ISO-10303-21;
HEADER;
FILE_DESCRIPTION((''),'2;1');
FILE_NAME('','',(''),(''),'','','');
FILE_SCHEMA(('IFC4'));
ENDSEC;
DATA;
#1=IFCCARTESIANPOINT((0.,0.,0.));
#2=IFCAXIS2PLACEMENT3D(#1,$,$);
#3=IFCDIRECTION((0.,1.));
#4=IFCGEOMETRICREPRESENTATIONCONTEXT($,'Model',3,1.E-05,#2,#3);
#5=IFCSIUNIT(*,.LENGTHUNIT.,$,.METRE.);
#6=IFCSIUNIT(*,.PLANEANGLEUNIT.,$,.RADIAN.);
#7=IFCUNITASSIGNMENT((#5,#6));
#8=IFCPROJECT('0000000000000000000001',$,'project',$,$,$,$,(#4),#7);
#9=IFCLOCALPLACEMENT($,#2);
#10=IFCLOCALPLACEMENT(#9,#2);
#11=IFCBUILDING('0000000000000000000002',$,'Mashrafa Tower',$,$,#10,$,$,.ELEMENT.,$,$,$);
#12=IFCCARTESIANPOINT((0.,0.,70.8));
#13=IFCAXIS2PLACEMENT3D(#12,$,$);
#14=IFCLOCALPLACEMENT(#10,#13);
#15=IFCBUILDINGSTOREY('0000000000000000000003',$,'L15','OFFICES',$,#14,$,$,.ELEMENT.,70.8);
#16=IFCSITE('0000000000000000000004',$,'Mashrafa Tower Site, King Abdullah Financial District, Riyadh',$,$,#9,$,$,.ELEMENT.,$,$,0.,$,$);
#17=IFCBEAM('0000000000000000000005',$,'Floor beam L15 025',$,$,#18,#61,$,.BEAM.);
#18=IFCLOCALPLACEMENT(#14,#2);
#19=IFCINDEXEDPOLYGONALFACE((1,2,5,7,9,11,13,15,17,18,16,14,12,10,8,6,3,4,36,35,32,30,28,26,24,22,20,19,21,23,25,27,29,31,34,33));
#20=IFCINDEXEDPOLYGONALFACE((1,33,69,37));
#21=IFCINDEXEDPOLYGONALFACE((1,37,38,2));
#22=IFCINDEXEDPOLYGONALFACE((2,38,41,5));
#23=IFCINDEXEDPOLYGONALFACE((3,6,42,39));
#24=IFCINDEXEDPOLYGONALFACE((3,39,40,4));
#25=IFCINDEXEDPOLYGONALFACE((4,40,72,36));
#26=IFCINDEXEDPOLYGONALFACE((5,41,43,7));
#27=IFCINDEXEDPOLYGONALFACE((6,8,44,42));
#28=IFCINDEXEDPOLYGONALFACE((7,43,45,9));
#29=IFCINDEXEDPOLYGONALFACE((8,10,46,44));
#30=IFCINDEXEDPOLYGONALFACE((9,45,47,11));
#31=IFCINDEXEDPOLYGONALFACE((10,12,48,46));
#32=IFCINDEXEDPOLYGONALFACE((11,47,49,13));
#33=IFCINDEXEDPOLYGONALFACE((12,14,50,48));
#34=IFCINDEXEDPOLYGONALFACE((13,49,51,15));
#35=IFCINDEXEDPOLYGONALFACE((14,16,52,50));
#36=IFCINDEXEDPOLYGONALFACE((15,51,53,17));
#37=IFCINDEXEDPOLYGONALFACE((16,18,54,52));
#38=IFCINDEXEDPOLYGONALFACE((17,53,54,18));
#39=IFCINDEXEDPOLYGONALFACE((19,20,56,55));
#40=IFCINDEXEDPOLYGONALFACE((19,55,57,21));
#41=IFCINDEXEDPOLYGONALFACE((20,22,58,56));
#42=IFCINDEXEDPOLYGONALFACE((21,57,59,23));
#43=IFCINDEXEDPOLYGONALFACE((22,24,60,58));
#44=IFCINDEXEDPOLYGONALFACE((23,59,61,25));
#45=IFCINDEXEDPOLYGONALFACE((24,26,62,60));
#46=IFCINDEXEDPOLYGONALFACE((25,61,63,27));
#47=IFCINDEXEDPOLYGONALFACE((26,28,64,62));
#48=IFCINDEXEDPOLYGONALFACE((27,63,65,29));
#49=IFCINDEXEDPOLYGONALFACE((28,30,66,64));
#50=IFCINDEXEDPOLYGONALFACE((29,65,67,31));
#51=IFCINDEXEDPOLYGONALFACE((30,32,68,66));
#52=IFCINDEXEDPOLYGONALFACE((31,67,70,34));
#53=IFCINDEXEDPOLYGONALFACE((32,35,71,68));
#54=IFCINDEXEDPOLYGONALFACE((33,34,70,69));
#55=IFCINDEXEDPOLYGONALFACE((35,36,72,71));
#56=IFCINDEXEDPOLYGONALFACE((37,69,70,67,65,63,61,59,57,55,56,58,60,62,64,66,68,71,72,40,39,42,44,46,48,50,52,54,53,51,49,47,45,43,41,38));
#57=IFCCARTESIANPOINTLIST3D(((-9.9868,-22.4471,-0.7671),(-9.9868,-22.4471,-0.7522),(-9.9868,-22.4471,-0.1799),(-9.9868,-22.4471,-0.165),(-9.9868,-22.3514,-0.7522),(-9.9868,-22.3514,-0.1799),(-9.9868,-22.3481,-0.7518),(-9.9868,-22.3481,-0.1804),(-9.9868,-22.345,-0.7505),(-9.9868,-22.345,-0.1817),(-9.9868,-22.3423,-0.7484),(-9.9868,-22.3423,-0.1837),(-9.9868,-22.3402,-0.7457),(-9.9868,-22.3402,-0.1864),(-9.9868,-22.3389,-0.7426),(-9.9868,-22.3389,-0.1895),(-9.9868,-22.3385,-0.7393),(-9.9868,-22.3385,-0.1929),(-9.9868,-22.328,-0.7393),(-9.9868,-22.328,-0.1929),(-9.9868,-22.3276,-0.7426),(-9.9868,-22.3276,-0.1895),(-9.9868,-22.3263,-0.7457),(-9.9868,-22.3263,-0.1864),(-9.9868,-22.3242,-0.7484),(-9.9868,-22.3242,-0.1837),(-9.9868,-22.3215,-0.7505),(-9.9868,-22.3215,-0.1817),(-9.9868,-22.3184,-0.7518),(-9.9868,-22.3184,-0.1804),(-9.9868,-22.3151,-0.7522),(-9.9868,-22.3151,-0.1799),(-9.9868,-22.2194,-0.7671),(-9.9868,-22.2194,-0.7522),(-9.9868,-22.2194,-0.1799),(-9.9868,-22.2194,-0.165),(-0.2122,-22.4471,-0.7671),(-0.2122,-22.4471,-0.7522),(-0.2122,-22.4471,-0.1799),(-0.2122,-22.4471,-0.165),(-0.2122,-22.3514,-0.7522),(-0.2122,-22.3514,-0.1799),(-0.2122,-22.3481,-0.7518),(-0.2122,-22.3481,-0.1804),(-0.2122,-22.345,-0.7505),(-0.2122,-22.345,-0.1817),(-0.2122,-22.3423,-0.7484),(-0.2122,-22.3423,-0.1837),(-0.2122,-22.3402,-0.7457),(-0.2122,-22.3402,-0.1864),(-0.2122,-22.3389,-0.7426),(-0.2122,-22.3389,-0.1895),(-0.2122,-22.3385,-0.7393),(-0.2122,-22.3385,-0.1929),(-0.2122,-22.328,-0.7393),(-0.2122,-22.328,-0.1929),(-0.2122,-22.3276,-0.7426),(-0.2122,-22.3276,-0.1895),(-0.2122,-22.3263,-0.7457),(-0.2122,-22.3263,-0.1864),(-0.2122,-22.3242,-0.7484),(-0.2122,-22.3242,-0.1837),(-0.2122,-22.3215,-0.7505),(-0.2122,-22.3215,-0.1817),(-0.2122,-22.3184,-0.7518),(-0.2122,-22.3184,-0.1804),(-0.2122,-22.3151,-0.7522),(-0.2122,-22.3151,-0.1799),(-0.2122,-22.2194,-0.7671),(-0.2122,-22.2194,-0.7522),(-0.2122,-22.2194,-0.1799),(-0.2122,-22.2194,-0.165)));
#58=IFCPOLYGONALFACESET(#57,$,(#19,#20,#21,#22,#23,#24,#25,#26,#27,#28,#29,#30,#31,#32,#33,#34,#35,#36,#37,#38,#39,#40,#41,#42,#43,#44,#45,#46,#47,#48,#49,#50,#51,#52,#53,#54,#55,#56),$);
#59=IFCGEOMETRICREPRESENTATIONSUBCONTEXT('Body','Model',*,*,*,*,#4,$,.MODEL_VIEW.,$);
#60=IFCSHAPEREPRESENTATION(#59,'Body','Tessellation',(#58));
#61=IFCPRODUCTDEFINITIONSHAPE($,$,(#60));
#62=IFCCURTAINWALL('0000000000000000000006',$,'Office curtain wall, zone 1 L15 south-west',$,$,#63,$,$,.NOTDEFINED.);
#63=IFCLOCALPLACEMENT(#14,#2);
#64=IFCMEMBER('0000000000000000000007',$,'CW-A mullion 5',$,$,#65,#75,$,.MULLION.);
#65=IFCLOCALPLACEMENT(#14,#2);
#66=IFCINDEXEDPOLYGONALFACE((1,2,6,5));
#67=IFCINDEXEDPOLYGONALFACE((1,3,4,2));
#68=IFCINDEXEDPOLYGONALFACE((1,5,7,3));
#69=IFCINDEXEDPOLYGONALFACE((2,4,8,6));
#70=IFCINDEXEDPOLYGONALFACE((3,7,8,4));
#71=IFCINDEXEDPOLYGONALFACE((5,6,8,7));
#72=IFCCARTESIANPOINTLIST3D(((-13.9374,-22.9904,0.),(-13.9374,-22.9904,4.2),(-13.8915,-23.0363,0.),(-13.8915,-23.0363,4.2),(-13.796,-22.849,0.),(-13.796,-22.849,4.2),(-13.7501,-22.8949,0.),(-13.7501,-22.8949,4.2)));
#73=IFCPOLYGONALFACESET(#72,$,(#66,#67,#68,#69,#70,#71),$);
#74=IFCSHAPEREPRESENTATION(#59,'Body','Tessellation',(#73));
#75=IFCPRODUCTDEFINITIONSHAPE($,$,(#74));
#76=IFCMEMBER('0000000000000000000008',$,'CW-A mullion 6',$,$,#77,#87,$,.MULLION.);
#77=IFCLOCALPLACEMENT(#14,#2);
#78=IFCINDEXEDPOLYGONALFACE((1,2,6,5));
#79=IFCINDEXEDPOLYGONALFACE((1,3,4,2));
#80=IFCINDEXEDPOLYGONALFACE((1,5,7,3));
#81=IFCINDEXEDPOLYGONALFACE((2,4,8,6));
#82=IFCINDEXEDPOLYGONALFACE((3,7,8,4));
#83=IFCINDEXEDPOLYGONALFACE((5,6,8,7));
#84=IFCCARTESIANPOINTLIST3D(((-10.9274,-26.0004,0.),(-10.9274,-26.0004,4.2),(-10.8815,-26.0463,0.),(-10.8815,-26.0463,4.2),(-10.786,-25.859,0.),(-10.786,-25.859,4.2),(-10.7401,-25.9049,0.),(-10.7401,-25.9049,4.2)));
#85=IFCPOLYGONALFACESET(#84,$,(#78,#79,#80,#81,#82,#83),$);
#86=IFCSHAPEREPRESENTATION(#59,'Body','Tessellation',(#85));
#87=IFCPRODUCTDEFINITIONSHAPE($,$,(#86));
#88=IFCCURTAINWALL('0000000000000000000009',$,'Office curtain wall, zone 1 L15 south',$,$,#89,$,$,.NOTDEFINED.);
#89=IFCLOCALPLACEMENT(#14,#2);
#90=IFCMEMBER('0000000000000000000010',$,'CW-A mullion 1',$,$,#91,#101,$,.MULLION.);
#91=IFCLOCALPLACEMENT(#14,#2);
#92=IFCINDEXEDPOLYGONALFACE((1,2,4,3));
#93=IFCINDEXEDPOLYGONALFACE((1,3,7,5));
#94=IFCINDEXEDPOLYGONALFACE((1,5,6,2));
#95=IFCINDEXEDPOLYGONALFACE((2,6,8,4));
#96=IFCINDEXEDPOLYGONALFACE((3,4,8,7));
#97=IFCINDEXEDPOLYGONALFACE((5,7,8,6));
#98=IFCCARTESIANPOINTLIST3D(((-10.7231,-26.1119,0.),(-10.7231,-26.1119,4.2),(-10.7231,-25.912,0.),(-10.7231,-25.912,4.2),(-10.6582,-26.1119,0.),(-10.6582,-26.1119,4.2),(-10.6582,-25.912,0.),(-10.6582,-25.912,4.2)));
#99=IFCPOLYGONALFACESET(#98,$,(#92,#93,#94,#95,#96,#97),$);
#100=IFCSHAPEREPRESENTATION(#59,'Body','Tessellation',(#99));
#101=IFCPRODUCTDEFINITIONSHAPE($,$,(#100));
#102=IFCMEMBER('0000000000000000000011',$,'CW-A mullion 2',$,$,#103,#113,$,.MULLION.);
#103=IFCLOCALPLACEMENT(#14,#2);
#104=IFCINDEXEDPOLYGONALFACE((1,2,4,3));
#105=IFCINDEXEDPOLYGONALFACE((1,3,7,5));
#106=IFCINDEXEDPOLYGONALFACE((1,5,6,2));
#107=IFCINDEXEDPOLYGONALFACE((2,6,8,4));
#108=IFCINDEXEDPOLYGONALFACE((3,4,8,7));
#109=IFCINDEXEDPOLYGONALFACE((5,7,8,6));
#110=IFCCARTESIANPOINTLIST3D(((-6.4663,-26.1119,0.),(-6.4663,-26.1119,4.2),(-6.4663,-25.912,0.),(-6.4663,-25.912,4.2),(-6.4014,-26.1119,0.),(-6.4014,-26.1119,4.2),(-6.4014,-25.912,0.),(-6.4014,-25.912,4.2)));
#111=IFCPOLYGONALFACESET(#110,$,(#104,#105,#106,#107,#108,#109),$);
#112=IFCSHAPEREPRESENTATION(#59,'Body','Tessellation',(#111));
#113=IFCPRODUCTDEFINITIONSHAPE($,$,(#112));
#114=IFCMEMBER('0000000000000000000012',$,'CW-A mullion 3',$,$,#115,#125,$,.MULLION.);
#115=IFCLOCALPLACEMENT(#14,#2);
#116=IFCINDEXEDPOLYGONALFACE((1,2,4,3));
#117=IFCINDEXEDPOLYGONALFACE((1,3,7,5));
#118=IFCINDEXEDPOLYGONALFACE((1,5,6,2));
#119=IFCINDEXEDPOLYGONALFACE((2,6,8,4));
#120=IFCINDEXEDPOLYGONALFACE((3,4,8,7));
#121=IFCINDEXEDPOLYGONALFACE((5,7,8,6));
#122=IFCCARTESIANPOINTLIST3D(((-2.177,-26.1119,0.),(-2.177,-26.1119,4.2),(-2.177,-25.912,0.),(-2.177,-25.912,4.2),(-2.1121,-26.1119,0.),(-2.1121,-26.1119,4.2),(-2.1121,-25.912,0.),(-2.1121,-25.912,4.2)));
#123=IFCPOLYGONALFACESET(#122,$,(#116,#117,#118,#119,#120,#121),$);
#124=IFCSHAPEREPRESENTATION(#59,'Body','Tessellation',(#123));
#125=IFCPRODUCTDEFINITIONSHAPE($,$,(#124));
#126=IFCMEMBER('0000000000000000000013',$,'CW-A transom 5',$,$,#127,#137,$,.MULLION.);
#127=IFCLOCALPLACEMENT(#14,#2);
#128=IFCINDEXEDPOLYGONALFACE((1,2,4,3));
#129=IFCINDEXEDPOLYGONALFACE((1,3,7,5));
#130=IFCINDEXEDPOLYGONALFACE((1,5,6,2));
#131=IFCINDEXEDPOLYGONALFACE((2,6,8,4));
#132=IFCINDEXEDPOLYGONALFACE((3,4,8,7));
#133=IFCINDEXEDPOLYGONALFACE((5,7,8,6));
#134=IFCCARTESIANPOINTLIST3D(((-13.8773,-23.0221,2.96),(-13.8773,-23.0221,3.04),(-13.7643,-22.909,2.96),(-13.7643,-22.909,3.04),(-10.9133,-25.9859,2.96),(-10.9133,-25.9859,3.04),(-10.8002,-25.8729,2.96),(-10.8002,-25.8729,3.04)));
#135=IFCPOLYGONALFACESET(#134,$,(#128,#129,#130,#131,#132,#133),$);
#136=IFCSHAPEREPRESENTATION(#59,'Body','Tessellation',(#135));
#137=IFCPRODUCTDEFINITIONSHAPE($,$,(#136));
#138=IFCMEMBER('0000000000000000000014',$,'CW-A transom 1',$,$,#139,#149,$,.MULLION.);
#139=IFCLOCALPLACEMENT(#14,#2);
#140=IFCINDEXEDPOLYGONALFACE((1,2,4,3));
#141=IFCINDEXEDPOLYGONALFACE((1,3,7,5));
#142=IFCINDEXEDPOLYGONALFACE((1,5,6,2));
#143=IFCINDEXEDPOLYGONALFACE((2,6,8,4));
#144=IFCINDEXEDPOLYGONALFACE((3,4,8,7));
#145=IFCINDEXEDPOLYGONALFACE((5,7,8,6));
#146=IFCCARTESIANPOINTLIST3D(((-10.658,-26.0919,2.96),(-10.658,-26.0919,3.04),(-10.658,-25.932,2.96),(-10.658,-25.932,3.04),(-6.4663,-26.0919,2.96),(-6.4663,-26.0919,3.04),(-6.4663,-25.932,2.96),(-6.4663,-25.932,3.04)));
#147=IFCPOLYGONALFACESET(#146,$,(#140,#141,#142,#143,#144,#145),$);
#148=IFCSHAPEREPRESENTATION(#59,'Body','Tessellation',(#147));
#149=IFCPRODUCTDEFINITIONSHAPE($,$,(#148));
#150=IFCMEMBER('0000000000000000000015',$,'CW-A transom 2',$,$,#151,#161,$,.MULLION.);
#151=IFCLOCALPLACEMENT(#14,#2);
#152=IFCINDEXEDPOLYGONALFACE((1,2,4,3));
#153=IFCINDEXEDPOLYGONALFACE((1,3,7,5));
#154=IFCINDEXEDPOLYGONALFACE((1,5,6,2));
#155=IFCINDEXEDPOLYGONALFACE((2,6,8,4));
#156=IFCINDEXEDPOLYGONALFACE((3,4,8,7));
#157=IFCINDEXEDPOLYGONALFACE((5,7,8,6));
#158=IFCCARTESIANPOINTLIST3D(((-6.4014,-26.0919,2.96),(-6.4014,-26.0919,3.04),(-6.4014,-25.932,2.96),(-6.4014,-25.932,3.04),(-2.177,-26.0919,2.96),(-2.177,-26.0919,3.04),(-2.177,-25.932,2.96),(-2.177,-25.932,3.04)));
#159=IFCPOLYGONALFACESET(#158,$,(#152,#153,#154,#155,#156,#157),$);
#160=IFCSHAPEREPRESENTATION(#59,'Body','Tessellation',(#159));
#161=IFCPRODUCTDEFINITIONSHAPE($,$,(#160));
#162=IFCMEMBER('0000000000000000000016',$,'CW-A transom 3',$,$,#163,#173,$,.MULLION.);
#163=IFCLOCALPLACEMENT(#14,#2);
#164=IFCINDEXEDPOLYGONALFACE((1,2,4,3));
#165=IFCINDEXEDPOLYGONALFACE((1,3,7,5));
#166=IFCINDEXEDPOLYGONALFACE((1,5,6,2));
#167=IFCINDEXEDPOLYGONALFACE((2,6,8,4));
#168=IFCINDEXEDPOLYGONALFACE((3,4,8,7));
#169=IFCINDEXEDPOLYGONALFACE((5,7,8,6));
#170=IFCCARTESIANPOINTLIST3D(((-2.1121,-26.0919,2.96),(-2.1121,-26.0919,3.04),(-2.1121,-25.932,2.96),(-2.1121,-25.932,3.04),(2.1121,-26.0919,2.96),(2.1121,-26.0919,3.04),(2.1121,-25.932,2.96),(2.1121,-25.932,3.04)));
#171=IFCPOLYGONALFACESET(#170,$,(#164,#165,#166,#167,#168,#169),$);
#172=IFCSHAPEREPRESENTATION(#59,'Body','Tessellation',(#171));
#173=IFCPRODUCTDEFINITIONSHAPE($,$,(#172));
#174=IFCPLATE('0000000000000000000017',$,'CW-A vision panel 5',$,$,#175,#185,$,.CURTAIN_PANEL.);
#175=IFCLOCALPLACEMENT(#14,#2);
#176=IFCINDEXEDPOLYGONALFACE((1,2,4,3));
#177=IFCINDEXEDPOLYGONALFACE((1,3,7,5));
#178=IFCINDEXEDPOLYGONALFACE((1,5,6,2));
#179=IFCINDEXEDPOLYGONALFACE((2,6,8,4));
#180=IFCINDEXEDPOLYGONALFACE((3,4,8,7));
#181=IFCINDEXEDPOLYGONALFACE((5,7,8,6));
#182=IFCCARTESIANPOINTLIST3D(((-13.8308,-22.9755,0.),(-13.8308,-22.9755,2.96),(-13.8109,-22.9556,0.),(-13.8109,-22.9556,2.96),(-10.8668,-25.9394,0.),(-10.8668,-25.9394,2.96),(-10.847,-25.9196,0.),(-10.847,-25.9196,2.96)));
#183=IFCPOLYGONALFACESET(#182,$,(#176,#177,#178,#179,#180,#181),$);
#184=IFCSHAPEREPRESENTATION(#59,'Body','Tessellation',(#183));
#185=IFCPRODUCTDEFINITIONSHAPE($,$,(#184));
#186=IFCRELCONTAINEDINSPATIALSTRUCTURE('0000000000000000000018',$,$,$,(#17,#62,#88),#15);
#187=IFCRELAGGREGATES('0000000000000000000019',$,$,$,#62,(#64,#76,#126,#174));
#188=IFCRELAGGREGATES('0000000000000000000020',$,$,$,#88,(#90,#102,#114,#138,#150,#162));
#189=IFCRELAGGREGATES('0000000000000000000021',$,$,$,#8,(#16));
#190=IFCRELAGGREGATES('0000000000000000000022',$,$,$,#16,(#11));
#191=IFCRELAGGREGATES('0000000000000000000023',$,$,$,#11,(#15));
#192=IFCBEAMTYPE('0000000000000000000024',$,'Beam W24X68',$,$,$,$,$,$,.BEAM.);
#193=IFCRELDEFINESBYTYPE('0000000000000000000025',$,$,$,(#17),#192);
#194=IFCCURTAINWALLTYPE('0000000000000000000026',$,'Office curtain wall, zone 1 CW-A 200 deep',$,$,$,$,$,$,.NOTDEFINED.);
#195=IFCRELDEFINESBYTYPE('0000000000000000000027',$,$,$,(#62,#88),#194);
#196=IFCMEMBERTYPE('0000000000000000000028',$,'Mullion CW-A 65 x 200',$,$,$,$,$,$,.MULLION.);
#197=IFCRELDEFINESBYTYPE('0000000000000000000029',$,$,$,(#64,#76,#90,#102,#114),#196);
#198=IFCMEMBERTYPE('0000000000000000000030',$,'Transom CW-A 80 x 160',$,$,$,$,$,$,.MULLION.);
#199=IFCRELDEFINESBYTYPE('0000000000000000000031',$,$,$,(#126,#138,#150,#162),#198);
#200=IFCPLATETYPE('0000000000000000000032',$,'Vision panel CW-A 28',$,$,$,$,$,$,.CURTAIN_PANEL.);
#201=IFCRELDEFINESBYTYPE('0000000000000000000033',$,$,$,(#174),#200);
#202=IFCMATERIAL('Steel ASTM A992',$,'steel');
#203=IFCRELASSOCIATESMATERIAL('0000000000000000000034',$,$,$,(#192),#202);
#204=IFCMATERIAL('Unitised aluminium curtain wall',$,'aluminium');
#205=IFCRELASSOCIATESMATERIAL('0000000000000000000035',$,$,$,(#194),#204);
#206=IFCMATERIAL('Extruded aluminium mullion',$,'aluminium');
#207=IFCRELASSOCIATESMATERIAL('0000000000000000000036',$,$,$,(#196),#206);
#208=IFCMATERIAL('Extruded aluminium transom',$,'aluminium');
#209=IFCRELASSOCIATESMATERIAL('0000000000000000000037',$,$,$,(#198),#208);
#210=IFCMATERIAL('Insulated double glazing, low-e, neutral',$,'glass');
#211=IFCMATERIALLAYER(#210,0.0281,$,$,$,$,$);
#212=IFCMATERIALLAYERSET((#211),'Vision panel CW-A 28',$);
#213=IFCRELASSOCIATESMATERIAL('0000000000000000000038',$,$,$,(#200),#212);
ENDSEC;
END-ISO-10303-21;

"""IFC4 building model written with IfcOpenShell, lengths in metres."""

from ifc_helpers import new_model, si_unit, direction, frame, origin, origin_2d, place, context, subcontext, project, spatial, rectangle, i_section, extrude, source, transform, mapped, material, layer, layer_set, material_profile, profile_set, type_object, type_shapes, element, aggregate, save


model = new_model("IFC4")

# Units and contexts
model_context = context("Model", 3, precision=1e-05, world=origin(), true_north=direction((0.0, 1.0)))
body_context = subcontext(model_context, "Body", "Model", "MODEL_VIEW")
ifc_project = project(units=[si_unit("LENGTHUNIT", "METRE"), si_unit("PLANEANGLEUNIT", "RADIAN")], contexts=[model_context])

# Site, building, storey
site_placement = place(None, origin())
site = spatial("IfcSite", under=ifc_project, at=site_placement, Name="Mashrafa Tower Site, King Abdullah Financial District, Riyadh", CompositionType="ELEMENT", RefElevation=0.0)
building_placement = place(site_placement, origin())
building = spatial("IfcBuilding", under=site, at=building_placement, Name="Mashrafa Tower", CompositionType="ELEMENT")
storey_placement = place(building_placement, frame((0.0, 0.0, 70.8)))
storey = spatial("IfcBuildingStorey", under=building, at=storey_placement, Name="L15", Description="OFFICES", CompositionType="ELEMENT", Elevation=70.8)

# Beam
ifc_material_1 = material(Name="Steel ASTM A992", Category="steel")
ifc_material_profile_1 = material_profile(ifc_material_1, i_section(OverallWidth=0.2278, OverallDepth=0.6021, WebThickness=0.0105, FlangeThickness=0.0149, FilletRadius=0.0129, at=origin_2d()), Name="W24X68")
ifc_profile_set_1 = profile_set([ifc_material_profile_1], Name="Steel ASTM A992")
beam_type_1 = type_object("IfcBeamType", Name="Beam W24X68", PredefinedType="BEAM", material=ifc_profile_set_1)
beam_1_placement = place(storey_placement, frame((-0.2122, -22.3333, -0.4661), z_axis=(-1.0, 0.0, 0.0), x_axis=(0.0, -1.0, 0.0)))
element("IfcBeam", 1, at=beam_1_placement, inside=storey, type_object=beam_type_1, Name="Floor beam L15 025", PredefinedType="BEAM", context=body_context, shape_type="SweptSolid", body=[
    extrude(i_section(OverallWidth=0.2278, OverallDepth=0.6021, WebThickness=0.0105, FlangeThickness=0.0149, FilletRadius=0.0129, at=origin_2d()), origin(), (0.0, 0.0, 1.0), 9.7747),
])

# Curtain walls, members
ifc_material_2 = material(Name="Unitised aluminium curtain wall", Category="aluminium")
curtain_wall_type = type_object("IfcCurtainWallType", Name="Office curtain wall, zone 1 CW-A 200 deep", PredefinedType="NOTDEFINED", material=ifc_material_2)
curtain_wall_1_placement = place(storey_placement, origin())
curtain_wall_1 = element("IfcCurtainWall", 2, at=curtain_wall_1_placement, inside=storey, type_object=curtain_wall_type, Name="Office curtain wall, zone 1 L15 south-west", PredefinedType="NOTDEFINED")
ifc_material_3 = material(Name="Extruded aluminium mullion", Category="aluminium")
ifc_material_profile_2 = material_profile(ifc_material_3, rectangle(XDim=0.2, YDim=0.0649, at=origin_2d()), Name="Mullion 65x200")
ifc_profile_set_2 = profile_set([ifc_material_profile_2], Name="Extruded aluminium mullion")
member_type_1 = type_object("IfcMemberType", Name="Mullion CW-A 65 x 200", PredefinedType="MULLION", material=ifc_profile_set_2)
shared_shape_1 = source(origin(), body_context, "Body", "SweptSolid", [
    extrude(rectangle(XDim=0.2, YDim=0.0649, at=origin_2d()), origin(), (0.0, 0.0, 1.0), 4.2),
])
type_shapes(member_type_1, [shared_shape_1])
member_1_placement = place(storey_placement, frame((-13.8438, -22.9426, 0.0), z_axis=(0.0, 0.0, 1.0), x_axis=(0.707107, 0.707107, 0.0)))
member_1 = element("IfcMember", 3, at=member_1_placement, type_object=member_type_1, Name="CW-A mullion 5", PredefinedType="MULLION", context=body_context, shape_type="MappedRepresentation", body=[
    mapped(shared_shape_1, transform((0.0, 0.0, 0.0))),
])
member_2_placement = place(storey_placement, frame((-10.8337, -25.9526, 0.0), z_axis=(0.0, 0.0, 1.0), x_axis=(0.707107, 0.707107, 0.0)))
member_2 = element("IfcMember", 4, at=member_2_placement, type_object=member_type_1, Name="CW-A mullion 6", PredefinedType="MULLION", context=body_context, shape_type="MappedRepresentation", body=[
    mapped(shared_shape_1, transform((0.0, 0.0, 0.0))),
])
curtain_wall_2_placement = place(storey_placement, origin())
curtain_wall_2 = element("IfcCurtainWall", 5, at=curtain_wall_2_placement, inside=storey, type_object=curtain_wall_type, Name="Office curtain wall, zone 1 L15 south", PredefinedType="NOTDEFINED")
member_3_placement = place(storey_placement, frame((-10.6907, -26.012, 0.0), z_axis=(0.0, 0.0, 1.0), x_axis=(0.0, 1.0, 0.0)))
member_3 = element("IfcMember", 6, at=member_3_placement, type_object=member_type_1, Name="CW-A mullion 1", PredefinedType="MULLION", context=body_context, shape_type="MappedRepresentation", body=[
    mapped(shared_shape_1, transform((0.0, 0.0, 0.0))),
])
member_4_placement = place(storey_placement, frame((-6.4338, -26.012, 0.0), z_axis=(0.0, 0.0, 1.0), x_axis=(0.0, 1.0, 0.0)))
member_4 = element("IfcMember", 7, at=member_4_placement, type_object=member_type_1, Name="CW-A mullion 2", PredefinedType="MULLION", context=body_context, shape_type="MappedRepresentation", body=[
    mapped(shared_shape_1, transform((0.0, 0.0, 0.0))),
])
member_5_placement = place(storey_placement, frame((-2.1445, -26.012, 0.0), z_axis=(0.0, 0.0, 1.0), x_axis=(0.0, 1.0, 0.0)))
member_5 = element("IfcMember", 8, at=member_5_placement, type_object=member_type_1, Name="CW-A mullion 3", PredefinedType="MULLION", context=body_context, shape_type="MappedRepresentation", body=[
    mapped(shared_shape_1, transform((0.0, 0.0, 0.0))),
])

# Members
ifc_material_4 = material(Name="Extruded aluminium transom", Category="aluminium")
ifc_material_profile_3 = material_profile(ifc_material_4, rectangle(XDim=0.1599, YDim=0.0801, at=origin_2d()), Name="Transom 80x160")
ifc_profile_set_3 = profile_set([ifc_material_profile_3], Name="Extruded aluminium transom")
member_type_2 = type_object("IfcMemberType", Name="Transom CW-A 80 x 160", PredefinedType="MULLION", material=ifc_profile_set_3)
shared_shape_2 = source(origin(), body_context, "Body", "SweptSolid", [
    extrude(rectangle(XDim=0.1599, YDim=0.0801, at=origin_2d()), origin(), (0.0, 0.0, 1.0), 4.1917),
])
member_6_placement = place(storey_placement, frame((-13.8208, -22.9656, 3.0), z_axis=(0.707136, -0.707078, 0.0), x_axis=(0.707078, 0.707136, 0.0)))
member_6 = element("IfcMember", 9, at=member_6_placement, type_object=member_type_2, Name="CW-A transom 5", PredefinedType="MULLION", context=body_context, shape_type="MappedRepresentation", body=[
    mapped(shared_shape_2, transform((0.0, 0.0, 0.0))),
])
member_7_placement = place(storey_placement, frame((-10.658, -26.012, 3.0), z_axis=(1.0, 0.0, 0.0), x_axis=(0.0, 1.0, 0.0)))
member_7 = element("IfcMember", 10, at=member_7_placement, type_object=member_type_2, Name="CW-A transom 1", PredefinedType="MULLION", context=body_context, shape_type="MappedRepresentation", body=[
    mapped(shared_shape_2, transform((0.0, 0.0, 0.0))),
])
shared_shape_3 = source(origin(), body_context, "Body", "SweptSolid", [
    extrude(rectangle(XDim=0.1599, YDim=0.0801, at=origin_2d()), origin(), (0.0, 0.0, 1.0), 4.2244),
])
member_8_placement = place(storey_placement, frame((-6.4014, -26.012, 3.0), z_axis=(1.0, 0.0, 0.0), x_axis=(0.0, 1.0, 0.0)))
member_8 = element("IfcMember", 11, at=member_8_placement, type_object=member_type_2, Name="CW-A transom 2", PredefinedType="MULLION", context=body_context, shape_type="MappedRepresentation", body=[
    mapped(shared_shape_3, transform((0.0, 0.0, 0.0))),
])
shared_shape_4 = source(origin(), body_context, "Body", "SweptSolid", [
    extrude(rectangle(XDim=0.1599, YDim=0.0801, at=origin_2d()), origin(), (0.0, 0.0, 1.0), 4.2241),
])
type_shapes(member_type_2, [shared_shape_2, shared_shape_3, shared_shape_4])
member_9_placement = place(storey_placement, frame((-2.1121, -26.012, 3.0), z_axis=(1.0, 0.0, 0.0), x_axis=(0.0, 1.0, 0.0)))
member_9 = element("IfcMember", 12, at=member_9_placement, type_object=member_type_2, Name="CW-A transom 3", PredefinedType="MULLION", context=body_context, shape_type="MappedRepresentation", body=[
    mapped(shared_shape_4, transform((0.0, 0.0, 0.0))),
])

# Plate
ifc_material_5 = material(Name="Insulated double glazing, low-e, neutral", Category="glass")
ifc_layer_1 = layer(ifc_material_5, 0.0281)
ifc_layer_set_1 = layer_set([ifc_layer_1], Name="Vision panel CW-A 28")
plate_type_1 = type_object("IfcPlateType", Name="Vision panel CW-A 28", PredefinedType="CURTAIN_PANEL", material=ifc_layer_set_1)
shared_shape_5 = source(origin(), body_context, "Body", "SweptSolid", [
    extrude(rectangle(XDim=4.1917, YDim=0.0281, at=origin_2d()), origin(), (0.0, 0.0, 1.0), 2.96),
])
plate_1_placement = place(storey_placement, frame((-12.3389, -24.4475, 0.0), z_axis=(0.0, 0.0, 1.0), x_axis=(0.707107, -0.707107, 0.0)))
plate_1 = element("IfcPlate", 13, at=plate_1_placement, type_object=plate_type_1, Name="CW-A vision panel 5", PredefinedType="CURTAIN_PANEL", context=body_context, shape_type="MappedRepresentation", body=[
    mapped(shared_shape_5, transform((0.0, 0.0, 0.0))),
])
aggregate(curtain_wall_1, [member_1, member_2, member_6, plate_1])
aggregate(curtain_wall_2, [member_3, member_4, member_5, member_7, member_8, member_9])

save(model, "model.ifc")
